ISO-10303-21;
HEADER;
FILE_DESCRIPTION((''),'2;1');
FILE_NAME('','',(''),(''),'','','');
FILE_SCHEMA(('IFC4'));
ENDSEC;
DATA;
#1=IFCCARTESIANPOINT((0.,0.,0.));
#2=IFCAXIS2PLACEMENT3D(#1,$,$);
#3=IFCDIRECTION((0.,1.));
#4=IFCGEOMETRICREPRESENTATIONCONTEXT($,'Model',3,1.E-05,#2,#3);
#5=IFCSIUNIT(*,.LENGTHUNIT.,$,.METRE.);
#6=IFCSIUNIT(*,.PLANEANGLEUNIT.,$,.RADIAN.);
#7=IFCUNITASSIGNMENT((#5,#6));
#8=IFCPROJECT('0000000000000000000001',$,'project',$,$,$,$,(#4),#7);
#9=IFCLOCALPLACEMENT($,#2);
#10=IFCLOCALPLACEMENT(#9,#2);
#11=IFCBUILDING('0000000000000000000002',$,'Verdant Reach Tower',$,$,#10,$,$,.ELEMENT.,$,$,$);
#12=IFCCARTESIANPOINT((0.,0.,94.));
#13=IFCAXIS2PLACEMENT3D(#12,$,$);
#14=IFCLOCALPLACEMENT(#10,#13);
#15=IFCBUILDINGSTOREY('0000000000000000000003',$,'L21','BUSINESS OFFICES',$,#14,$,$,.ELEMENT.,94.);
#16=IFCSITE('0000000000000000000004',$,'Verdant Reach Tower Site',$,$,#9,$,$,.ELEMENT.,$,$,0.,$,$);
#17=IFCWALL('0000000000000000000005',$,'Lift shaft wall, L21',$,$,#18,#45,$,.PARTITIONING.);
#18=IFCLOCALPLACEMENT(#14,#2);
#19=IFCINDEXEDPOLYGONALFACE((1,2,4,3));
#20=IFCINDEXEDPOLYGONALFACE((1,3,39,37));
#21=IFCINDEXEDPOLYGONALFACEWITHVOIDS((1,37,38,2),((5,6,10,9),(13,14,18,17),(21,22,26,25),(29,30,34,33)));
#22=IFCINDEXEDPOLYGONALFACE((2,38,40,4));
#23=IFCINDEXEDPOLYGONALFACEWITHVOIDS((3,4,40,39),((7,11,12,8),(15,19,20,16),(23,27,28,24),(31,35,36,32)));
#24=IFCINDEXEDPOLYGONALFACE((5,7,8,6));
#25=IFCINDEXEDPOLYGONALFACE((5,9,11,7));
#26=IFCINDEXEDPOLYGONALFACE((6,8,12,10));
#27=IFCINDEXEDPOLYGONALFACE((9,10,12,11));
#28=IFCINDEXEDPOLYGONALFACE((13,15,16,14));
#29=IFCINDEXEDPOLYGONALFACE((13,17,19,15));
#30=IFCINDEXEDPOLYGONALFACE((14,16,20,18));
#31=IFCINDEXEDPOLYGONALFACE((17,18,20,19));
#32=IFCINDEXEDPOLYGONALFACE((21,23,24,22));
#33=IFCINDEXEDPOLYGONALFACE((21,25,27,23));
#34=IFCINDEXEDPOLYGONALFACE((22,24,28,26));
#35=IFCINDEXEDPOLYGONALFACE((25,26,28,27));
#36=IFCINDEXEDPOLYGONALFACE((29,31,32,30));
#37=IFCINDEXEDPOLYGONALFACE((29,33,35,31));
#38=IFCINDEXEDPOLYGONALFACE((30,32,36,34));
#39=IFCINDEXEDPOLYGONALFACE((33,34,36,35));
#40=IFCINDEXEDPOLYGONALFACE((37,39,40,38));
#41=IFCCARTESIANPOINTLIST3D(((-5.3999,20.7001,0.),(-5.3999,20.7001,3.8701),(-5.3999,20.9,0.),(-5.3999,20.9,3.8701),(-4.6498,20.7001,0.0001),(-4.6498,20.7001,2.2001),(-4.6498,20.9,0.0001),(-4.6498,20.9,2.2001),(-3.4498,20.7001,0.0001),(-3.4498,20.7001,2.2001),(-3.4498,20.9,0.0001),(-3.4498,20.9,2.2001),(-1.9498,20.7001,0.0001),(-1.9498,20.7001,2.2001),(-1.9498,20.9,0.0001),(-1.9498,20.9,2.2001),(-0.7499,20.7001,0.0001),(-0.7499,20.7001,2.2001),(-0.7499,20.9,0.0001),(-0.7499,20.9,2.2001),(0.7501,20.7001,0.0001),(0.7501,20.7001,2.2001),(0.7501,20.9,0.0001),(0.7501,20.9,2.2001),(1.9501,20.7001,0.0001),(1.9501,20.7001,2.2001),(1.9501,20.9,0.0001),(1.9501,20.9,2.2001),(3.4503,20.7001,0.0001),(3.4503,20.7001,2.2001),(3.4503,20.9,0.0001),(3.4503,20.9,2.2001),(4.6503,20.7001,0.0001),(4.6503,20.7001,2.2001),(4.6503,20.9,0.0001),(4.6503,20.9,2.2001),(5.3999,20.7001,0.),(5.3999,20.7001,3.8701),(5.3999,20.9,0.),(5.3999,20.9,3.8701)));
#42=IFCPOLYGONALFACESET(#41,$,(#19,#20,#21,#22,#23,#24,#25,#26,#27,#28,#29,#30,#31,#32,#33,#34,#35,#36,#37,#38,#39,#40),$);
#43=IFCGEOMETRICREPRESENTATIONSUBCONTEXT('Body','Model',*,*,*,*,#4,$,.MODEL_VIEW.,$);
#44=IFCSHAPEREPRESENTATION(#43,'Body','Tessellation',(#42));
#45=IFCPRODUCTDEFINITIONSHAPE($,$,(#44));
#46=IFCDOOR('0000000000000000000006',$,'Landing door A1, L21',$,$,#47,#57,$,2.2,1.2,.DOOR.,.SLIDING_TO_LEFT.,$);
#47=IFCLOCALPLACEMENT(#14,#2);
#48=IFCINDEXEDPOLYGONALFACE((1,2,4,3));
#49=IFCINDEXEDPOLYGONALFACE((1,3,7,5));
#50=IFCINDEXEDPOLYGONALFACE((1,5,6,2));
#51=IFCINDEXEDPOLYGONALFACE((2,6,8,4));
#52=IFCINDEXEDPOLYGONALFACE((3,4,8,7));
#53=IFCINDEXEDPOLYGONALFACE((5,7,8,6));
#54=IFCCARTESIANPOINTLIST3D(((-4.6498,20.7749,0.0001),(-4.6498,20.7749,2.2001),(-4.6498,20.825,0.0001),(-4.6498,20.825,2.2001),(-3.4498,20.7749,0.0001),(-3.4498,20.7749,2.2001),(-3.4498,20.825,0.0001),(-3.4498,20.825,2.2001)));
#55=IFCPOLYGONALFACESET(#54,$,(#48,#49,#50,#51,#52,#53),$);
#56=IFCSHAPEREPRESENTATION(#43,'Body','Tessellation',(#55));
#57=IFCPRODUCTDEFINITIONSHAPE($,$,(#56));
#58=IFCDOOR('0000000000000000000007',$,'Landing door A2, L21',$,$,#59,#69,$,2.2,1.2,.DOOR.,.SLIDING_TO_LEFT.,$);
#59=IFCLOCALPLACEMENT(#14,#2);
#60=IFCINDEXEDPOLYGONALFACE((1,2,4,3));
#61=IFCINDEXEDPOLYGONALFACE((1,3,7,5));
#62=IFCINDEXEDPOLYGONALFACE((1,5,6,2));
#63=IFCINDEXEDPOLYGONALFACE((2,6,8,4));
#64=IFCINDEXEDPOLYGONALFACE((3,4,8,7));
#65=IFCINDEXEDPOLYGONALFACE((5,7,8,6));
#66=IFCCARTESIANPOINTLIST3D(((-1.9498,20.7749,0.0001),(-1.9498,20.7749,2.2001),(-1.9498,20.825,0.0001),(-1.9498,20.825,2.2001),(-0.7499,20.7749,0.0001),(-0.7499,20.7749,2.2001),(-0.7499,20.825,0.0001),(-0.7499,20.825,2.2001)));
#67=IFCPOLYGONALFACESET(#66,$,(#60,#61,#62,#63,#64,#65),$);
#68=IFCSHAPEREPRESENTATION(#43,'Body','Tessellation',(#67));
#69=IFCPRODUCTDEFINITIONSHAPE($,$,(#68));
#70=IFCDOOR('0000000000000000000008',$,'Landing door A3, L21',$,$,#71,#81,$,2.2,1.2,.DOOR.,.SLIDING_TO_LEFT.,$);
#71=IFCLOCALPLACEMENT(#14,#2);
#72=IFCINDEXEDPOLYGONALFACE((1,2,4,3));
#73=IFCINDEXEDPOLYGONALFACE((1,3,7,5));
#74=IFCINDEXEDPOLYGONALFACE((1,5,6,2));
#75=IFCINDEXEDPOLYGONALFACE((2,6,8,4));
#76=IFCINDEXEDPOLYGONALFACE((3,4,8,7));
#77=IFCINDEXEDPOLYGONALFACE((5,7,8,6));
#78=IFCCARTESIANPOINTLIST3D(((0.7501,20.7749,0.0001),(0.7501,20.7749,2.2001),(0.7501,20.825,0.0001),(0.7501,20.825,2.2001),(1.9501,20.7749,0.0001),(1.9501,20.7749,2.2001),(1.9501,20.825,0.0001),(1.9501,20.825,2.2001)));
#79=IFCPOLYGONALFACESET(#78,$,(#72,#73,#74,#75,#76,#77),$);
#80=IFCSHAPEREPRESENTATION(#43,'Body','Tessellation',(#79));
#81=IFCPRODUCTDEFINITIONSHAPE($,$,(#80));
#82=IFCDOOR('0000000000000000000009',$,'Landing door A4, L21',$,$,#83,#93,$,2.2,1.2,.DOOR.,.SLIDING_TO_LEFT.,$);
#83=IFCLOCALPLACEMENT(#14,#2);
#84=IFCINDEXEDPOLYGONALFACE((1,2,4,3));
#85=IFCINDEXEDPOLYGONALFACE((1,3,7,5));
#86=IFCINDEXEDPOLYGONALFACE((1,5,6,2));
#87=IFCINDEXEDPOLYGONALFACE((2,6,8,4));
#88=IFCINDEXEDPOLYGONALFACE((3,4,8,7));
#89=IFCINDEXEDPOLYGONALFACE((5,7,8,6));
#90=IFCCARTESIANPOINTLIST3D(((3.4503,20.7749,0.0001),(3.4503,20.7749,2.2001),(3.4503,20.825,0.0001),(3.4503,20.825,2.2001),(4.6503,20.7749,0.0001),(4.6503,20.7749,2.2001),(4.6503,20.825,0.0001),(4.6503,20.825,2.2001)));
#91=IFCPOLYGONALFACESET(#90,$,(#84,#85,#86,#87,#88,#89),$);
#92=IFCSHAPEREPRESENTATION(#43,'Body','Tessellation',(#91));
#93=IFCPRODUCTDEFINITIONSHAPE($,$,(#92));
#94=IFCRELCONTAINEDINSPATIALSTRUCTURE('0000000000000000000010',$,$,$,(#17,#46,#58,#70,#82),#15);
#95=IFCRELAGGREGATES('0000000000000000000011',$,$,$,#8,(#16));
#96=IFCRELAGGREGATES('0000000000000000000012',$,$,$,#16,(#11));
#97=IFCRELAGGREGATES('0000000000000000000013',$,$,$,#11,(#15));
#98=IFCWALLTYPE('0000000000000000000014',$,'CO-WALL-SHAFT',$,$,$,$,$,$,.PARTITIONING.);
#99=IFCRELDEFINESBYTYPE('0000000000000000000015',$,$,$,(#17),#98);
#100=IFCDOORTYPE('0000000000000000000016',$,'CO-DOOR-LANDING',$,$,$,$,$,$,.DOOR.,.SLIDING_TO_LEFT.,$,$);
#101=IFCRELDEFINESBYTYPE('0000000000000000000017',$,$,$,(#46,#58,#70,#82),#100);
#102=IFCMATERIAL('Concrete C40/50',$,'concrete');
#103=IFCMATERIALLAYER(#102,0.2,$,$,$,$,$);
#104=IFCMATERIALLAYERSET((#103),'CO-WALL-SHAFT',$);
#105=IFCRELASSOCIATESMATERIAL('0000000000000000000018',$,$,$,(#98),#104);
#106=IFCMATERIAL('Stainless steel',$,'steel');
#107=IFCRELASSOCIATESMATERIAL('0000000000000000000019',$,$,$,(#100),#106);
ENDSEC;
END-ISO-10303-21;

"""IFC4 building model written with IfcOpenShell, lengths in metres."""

from ifc_helpers import new_model, si_unit, direction, frame, frame_2d, origin, place, context, subcontext, project, spatial, rectangle, extrude, material, layer, layer_set, type_object, element, fill, save


model = new_model("IFC4")

# Units and contexts
model_context = context("Model", 3, precision=1e-05, world=origin(), true_north=direction((0.0, 1.0)))
body_context = subcontext(model_context, "Body", "Model", "MODEL_VIEW")
ifc_project = project(units=[si_unit("LENGTHUNIT", "METRE"), si_unit("PLANEANGLEUNIT", "RADIAN")], contexts=[model_context])

# Site, building, storey
site_placement = place(None, origin())
site = spatial("IfcSite", under=ifc_project, at=site_placement, Name="Verdant Reach Tower Site", CompositionType="ELEMENT", RefElevation=0.0)
building_placement = place(site_placement, origin())
building = spatial("IfcBuilding", under=site, at=building_placement, Name="Verdant Reach Tower", CompositionType="ELEMENT")
storey_placement = place(building_placement, frame((0.0, 0.0, 94.0)))
storey = spatial("IfcBuildingStorey", under=building, at=storey_placement, Name="L21", Description="BUSINESS OFFICES", CompositionType="ELEMENT", Elevation=94.0)

# Wall, openings, doors
ifc_material_1 = material(Name="Concrete C40/50", Category="concrete")
ifc_layer_1 = layer(ifc_material_1, 0.2)
ifc_layer_set_1 = layer_set([ifc_layer_1], Name="CO-WALL-SHAFT")
wall_type_1 = type_object("IfcWallType", Name="CO-WALL-SHAFT", PredefinedType="PARTITIONING", material=ifc_layer_set_1)
wall_1_placement = place(storey_placement, frame((-5.3999, 20.8, 0.0), z_axis=(0.0, 0.0, 1.0), x_axis=(1.0, 0.0, 0.0)))
wall_1 = element("IfcWall", 1, at=wall_1_placement, inside=storey, type_object=wall_type_1, Name="Lift shaft wall, L21", PredefinedType="PARTITIONING", context=body_context, shape_type="SweptSolid", body=[
    extrude(rectangle(XDim=10.7998, YDim=0.2, at=frame_2d((5.3999, 0.0))), origin(), (0.0, 0.0, 1.0), 3.8701),
])
opening_1_placement = place(wall_1_placement, frame((0.75, 0.0, 0.0)))
opening_1 = element("IfcOpeningElement", 2, at=opening_1_placement, cuts=wall_1, PredefinedType="OPENING", context=body_context, shape_type="SweptSolid", body=[
    extrude(rectangle(XDim=1.2, YDim=2.2, at=frame_2d((0.6001, 1.1001))), frame((0.0, 0.1099, 0.0), z_axis=(0.0, -1.0, 0.0), x_axis=(1.0, 0.0, 0.0)), (0.0, 0.0, 1.0), 0.22),
])
opening_2_placement = place(wall_1_placement, frame((3.45, 0.0, 0.0)))
opening_2 = element("IfcOpeningElement", 3, at=opening_2_placement, cuts=wall_1, PredefinedType="OPENING", context=body_context, shape_type="SweptSolid", body=[
    extrude(rectangle(XDim=1.2, YDim=2.2, at=frame_2d((0.6001, 1.1001))), frame((0.0, 0.1099, 0.0), z_axis=(0.0, -1.0, 0.0), x_axis=(1.0, 0.0, 0.0)), (0.0, 0.0, 1.0), 0.22),
])
opening_3_placement = place(wall_1_placement, frame((6.1499, 0.0, 0.0)))
opening_3 = element("IfcOpeningElement", 4, at=opening_3_placement, cuts=wall_1, PredefinedType="OPENING", context=body_context, shape_type="SweptSolid", body=[
    extrude(rectangle(XDim=1.2, YDim=2.2, at=frame_2d((0.6001, 1.1001))), frame((0.0, 0.1099, 0.0), z_axis=(0.0, -1.0, 0.0), x_axis=(1.0, 0.0, 0.0)), (0.0, 0.0, 1.0), 0.22),
])
opening_4_placement = place(wall_1_placement, frame((8.8501, 0.0, 0.0)))
opening_4 = element("IfcOpeningElement", 5, at=opening_4_placement, cuts=wall_1, PredefinedType="OPENING", context=body_context, shape_type="SweptSolid", body=[
    extrude(rectangle(XDim=1.2, YDim=2.2, at=frame_2d((0.6001, 1.1001))), frame((0.0, 0.1099, 0.0), z_axis=(0.0, -1.0, 0.0), x_axis=(1.0, 0.0, 0.0)), (0.0, 0.0, 1.0), 0.22),
])
ifc_material_2 = material(Name="Stainless steel", Category="steel")
door_type_1 = type_object("IfcDoorType", Name="CO-DOOR-LANDING", OperationType="SLIDING_TO_LEFT", PredefinedType="DOOR", material=ifc_material_2)
door_1_placement = place(opening_1_placement, origin())
door_1 = element("IfcDoor", 6, at=door_1_placement, inside=storey, type_object=door_type_1, Name="Landing door A1, L21", OperationType="SLIDING_TO_LEFT", OverallHeight=2.2, OverallWidth=1.2, PredefinedType="DOOR", context=body_context, shape_type="SweptSolid", body=[
    extrude(rectangle(XDim=1.2, YDim=2.2, at=frame_2d((0.6001, 1.1001))), frame((0.0, 0.0249, 0.0), z_axis=(0.0, -1.0, 0.0), x_axis=(1.0, 0.0, 0.0)), (0.0, 0.0, 1.0), 0.05),
])
fill(opening_1, door_1)
door_2_placement = place(opening_2_placement, origin())
door_2 = element("IfcDoor", 7, at=door_2_placement, inside=storey, type_object=door_type_1, Name="Landing door A2, L21", OperationType="SLIDING_TO_LEFT", OverallHeight=2.2, OverallWidth=1.2, PredefinedType="DOOR", context=body_context, shape_type="SweptSolid", body=[
    extrude(rectangle(XDim=1.2, YDim=2.2, at=frame_2d((0.6001, 1.1001))), frame((0.0, 0.0249, 0.0), z_axis=(0.0, -1.0, 0.0), x_axis=(1.0, 0.0, 0.0)), (0.0, 0.0, 1.0), 0.05),
])
fill(opening_2, door_2)
door_3_placement = place(opening_3_placement, origin())
door_3 = element("IfcDoor", 8, at=door_3_placement, inside=storey, type_object=door_type_1, Name="Landing door A3, L21", OperationType="SLIDING_TO_LEFT", OverallHeight=2.2, OverallWidth=1.2, PredefinedType="DOOR", context=body_context, shape_type="SweptSolid", body=[
    extrude(rectangle(XDim=1.2, YDim=2.2, at=frame_2d((0.6001, 1.1001))), frame((0.0, 0.0249, 0.0), z_axis=(0.0, -1.0, 0.0), x_axis=(1.0, 0.0, 0.0)), (0.0, 0.0, 1.0), 0.05),
])
fill(opening_3, door_3)
door_4_placement = place(opening_4_placement, origin())
door_4 = element("IfcDoor", 9, at=door_4_placement, inside=storey, type_object=door_type_1, Name="Landing door A4, L21", OperationType="SLIDING_TO_LEFT", OverallHeight=2.2, OverallWidth=1.2, PredefinedType="DOOR", context=body_context, shape_type="SweptSolid", body=[
    extrude(rectangle(XDim=1.2, YDim=2.2, at=frame_2d((0.6001, 1.1001))), frame((0.0, 0.0249, 0.0), z_axis=(0.0, -1.0, 0.0), x_axis=(1.0, 0.0, 0.0)), (0.0, 0.0, 1.0), 0.05),
])
fill(opening_4, door_4)

save(model, "model.ifc")
